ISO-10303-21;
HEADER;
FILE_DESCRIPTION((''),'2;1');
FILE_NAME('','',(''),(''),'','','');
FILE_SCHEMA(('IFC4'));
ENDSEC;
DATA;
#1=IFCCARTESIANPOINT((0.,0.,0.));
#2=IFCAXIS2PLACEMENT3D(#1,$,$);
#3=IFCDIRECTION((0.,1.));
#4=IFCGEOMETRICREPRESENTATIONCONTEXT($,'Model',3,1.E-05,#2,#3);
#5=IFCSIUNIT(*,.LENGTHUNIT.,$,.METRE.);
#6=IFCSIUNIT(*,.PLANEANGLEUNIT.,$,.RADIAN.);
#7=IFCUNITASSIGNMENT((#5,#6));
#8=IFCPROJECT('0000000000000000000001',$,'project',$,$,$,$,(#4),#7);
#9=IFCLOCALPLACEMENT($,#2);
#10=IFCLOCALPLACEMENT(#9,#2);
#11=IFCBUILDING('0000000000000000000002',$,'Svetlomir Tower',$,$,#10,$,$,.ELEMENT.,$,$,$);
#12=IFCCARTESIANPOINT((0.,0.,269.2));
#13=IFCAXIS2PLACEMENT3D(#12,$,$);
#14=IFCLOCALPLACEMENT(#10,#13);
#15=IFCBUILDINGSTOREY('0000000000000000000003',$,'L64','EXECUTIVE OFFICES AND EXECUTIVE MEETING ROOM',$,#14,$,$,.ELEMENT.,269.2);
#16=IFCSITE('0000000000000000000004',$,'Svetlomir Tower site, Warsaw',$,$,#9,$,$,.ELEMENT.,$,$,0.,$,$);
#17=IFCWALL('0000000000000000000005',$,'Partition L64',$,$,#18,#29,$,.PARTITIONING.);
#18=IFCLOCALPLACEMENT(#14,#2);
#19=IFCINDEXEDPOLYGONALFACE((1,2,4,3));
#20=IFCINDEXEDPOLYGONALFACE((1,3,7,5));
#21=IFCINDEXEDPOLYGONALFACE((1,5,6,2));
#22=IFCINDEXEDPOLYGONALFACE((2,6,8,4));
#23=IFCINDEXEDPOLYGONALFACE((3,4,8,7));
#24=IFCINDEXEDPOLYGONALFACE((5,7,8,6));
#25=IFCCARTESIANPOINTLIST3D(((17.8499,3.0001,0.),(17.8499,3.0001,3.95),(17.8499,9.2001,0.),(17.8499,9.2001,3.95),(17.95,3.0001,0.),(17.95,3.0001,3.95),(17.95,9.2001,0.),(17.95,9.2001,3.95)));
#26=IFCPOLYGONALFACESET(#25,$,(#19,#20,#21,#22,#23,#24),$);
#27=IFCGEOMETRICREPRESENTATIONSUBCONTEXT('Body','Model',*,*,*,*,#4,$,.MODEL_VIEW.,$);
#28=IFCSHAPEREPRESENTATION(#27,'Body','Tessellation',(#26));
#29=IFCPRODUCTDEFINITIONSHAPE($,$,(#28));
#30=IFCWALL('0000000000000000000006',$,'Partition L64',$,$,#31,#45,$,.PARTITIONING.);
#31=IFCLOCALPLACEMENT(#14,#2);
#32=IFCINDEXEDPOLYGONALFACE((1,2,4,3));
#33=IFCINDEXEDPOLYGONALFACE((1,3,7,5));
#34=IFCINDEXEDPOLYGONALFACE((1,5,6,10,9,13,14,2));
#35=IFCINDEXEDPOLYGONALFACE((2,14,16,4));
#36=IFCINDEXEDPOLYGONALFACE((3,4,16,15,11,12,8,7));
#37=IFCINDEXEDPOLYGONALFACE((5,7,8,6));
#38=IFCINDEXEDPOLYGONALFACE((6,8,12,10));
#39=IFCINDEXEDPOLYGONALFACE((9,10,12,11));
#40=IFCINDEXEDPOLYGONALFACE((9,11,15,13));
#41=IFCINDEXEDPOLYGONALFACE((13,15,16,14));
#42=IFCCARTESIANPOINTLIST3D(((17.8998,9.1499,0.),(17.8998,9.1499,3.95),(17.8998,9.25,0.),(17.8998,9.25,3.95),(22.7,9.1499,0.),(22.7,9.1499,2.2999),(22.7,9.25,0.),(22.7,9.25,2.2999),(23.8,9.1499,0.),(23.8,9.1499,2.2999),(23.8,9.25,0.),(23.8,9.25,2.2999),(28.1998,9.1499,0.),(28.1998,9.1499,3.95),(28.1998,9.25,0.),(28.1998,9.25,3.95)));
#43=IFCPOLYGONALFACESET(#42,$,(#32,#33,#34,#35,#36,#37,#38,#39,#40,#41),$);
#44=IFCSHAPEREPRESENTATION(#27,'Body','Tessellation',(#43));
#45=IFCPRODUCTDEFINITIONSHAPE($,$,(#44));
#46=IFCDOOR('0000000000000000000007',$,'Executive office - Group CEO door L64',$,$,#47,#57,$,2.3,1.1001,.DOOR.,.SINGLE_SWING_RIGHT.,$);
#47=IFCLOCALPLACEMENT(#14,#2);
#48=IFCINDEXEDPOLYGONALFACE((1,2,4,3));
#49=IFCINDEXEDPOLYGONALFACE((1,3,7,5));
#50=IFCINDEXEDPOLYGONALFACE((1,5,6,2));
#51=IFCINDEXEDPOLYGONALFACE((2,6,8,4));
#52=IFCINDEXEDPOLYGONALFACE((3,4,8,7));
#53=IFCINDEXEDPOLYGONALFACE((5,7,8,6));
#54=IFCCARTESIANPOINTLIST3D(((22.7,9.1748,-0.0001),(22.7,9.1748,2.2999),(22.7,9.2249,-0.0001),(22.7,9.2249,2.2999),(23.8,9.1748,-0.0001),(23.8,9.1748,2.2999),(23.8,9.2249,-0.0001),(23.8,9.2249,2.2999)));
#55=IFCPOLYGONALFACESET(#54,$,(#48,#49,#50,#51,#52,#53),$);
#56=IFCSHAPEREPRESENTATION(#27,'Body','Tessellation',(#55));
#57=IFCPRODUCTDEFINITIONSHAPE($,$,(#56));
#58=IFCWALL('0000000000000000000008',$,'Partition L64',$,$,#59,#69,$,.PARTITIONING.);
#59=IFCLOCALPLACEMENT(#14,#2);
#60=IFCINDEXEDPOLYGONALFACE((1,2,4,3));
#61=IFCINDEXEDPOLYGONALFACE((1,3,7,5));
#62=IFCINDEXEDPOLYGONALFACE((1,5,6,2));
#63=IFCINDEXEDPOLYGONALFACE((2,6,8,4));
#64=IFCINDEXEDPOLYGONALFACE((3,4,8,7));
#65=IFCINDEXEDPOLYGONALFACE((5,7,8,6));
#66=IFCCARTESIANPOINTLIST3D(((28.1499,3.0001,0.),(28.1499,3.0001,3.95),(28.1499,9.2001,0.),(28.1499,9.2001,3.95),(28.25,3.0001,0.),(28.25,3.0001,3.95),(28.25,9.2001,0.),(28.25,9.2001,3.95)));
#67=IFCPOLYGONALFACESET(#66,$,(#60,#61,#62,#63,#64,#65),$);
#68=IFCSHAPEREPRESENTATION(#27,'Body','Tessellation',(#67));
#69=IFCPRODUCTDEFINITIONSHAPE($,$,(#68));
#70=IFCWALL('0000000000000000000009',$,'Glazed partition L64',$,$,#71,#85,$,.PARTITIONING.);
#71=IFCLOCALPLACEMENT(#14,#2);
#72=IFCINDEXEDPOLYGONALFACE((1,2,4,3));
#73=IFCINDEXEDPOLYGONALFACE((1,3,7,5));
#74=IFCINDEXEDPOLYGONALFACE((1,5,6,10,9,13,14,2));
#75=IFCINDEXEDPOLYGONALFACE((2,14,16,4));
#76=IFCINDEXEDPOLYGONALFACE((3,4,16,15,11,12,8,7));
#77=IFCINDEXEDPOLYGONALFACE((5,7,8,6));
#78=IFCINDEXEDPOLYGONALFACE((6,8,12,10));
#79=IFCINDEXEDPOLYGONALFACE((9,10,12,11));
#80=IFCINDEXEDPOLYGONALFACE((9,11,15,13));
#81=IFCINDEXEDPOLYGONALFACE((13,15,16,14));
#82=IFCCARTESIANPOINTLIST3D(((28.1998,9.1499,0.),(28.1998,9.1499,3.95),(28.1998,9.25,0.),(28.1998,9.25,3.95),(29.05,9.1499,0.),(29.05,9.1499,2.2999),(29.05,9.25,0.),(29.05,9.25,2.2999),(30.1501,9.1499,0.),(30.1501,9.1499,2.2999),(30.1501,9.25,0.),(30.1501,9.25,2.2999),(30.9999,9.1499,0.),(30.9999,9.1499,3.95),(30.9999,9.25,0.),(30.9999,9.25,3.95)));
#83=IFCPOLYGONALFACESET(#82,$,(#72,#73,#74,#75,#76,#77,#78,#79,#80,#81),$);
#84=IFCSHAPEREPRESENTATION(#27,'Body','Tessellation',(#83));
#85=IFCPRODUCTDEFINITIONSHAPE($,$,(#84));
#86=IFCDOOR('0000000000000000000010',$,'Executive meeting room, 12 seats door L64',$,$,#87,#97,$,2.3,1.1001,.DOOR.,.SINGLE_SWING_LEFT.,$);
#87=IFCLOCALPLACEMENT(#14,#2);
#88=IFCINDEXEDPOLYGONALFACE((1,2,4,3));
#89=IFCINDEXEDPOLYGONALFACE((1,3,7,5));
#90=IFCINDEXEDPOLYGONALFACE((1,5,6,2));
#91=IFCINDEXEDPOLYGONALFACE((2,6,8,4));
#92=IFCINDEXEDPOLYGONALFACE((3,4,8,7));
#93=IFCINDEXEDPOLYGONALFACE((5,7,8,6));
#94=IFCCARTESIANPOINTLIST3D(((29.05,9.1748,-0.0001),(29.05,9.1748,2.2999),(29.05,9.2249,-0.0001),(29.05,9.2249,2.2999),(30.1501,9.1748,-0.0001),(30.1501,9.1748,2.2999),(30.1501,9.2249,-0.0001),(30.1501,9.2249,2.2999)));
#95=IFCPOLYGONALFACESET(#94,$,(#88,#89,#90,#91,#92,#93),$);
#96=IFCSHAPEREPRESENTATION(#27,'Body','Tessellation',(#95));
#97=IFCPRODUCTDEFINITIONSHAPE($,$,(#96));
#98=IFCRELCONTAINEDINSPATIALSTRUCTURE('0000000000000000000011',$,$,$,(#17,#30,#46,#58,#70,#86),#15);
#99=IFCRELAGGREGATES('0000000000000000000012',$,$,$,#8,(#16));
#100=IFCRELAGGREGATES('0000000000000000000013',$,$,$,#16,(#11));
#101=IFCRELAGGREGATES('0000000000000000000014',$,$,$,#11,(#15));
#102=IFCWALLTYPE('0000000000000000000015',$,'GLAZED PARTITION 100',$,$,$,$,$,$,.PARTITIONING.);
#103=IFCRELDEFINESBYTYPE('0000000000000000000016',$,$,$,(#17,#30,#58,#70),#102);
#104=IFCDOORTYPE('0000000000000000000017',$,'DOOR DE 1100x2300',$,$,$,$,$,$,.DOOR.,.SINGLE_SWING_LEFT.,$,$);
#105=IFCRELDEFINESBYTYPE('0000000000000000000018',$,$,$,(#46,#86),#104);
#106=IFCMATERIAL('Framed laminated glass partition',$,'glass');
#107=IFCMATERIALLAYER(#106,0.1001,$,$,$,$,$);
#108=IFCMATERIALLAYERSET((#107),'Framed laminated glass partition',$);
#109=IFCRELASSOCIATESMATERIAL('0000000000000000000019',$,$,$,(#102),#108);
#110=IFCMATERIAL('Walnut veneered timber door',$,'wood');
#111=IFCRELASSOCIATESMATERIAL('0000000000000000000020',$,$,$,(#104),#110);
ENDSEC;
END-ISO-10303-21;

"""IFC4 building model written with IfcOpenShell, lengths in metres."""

from ifc_helpers import new_model, si_unit, direction, frame, frame_2d, origin, place, context, subcontext, project, spatial, rectangle, extrude, material, layer, layer_set, type_object, element, fill, save


model = new_model("IFC4")

# Units and contexts
model_context = context("Model", 3, precision=1e-05, world=origin(), true_north=direction((0.0, 1.0)))
body_context = subcontext(model_context, "Body", "Model", "MODEL_VIEW")
ifc_project = project(units=[si_unit("LENGTHUNIT", "METRE"), si_unit("PLANEANGLEUNIT", "RADIAN")], contexts=[model_context])

# Site, building, storey
site_placement = place(None, origin())
site = spatial("IfcSite", under=ifc_project, at=site_placement, Name="Svetlomir Tower site, Warsaw", CompositionType="ELEMENT", RefElevation=0.0)
building_placement = place(site_placement, origin())
building = spatial("IfcBuilding", under=site, at=building_placement, Name="Svetlomir Tower", CompositionType="ELEMENT")
storey_placement = place(building_placement, frame((0.0, 0.0, 269.2)))
storey = spatial("IfcBuildingStorey", under=building, at=storey_placement, Name="L64", Description="EXECUTIVE OFFICES AND EXECUTIVE MEETING ROOM", CompositionType="ELEMENT", Elevation=269.2)

# Shared definitions
ifc_material_1 = material(Name="Framed laminated glass partition", Category="glass")
ifc_layer_1 = layer(ifc_material_1, 0.1001)
ifc_layer_set_1 = layer_set([ifc_layer_1], Name="Framed laminated glass partition")
wall_type_1 = type_object("IfcWallType", Name="GLAZED PARTITION 100", PredefinedType="PARTITIONING", material=ifc_layer_set_1)

# Wall
wall_1_placement = place(storey_placement, frame((17.8999, 3.0, 0.0), z_axis=(0.0, 0.0, 1.0), x_axis=(0.0, 1.0, 0.0)))
element("IfcWall", 1, at=wall_1_placement, inside=storey, type_object=wall_type_1, Name="Partition L64", PredefinedType="PARTITIONING", context=body_context, shape_type="SweptSolid", body=[
    extrude(rectangle(XDim=6.2, YDim=0.1001, at=frame_2d((3.1001, 0.0))), origin(), (0.0, 0.0, 1.0), 3.95),
])

# Wall, opening, door
wall_2_placement = place(storey_placement, frame((17.8999, 9.2, 0.0), z_axis=(0.0, 0.0, 1.0), x_axis=(1.0, 0.0, 0.0)))
wall_2 = element("IfcWall", 2, at=wall_2_placement, inside=storey, type_object=wall_type_1, Name="Partition L64", PredefinedType="PARTITIONING", context=body_context, shape_type="SweptSolid", body=[
    extrude(rectangle(XDim=10.3, YDim=0.1001, at=frame_2d((5.1499, 0.0))), origin(), (0.0, 0.0, 1.0), 3.95),
])
opening_1_placement = place(wall_2_placement, frame((4.8, 0.0, 0.0)))
opening_1 = element("IfcOpeningElement", 3, at=opening_1_placement, cuts=wall_2, PredefinedType="OPENING", context=body_context, shape_type="SweptSolid", body=[
    extrude(rectangle(XDim=1.1001, YDim=2.3, at=frame_2d((0.55, 1.1499))), frame((0.0, 0.0601, 0.0), z_axis=(0.0, -1.0, 0.0), x_axis=(1.0, 0.0, 0.0)), (0.0, 0.0, 1.0), 0.1201),
])
ifc_material_2 = material(Name="Walnut veneered timber door", Category="wood")
door_type_1 = type_object("IfcDoorType", Name="DOOR DE 1100x2300", OperationType="SINGLE_SWING_LEFT", PredefinedType="DOOR", material=ifc_material_2)
door_1_placement = place(opening_1_placement, origin())
door_1 = element("IfcDoor", 4, at=door_1_placement, inside=storey, type_object=door_type_1, Name="Executive office - Group CEO door L64", OperationType="SINGLE_SWING_RIGHT", OverallHeight=2.3, OverallWidth=1.1001, PredefinedType="DOOR", context=body_context, shape_type="SweptSolid", body=[
    extrude(rectangle(XDim=1.1001, YDim=2.3, at=frame_2d((0.55, 1.1499))), frame((0.0, 0.0249, 0.0), z_axis=(0.0, -1.0, 0.0), x_axis=(1.0, 0.0, 0.0)), (0.0, 0.0, 1.0), 0.05),
])
fill(opening_1, door_1)

# Wall
wall_3_placement = place(storey_placement, frame((28.2, 3.0, 0.0), z_axis=(0.0, 0.0, 1.0), x_axis=(0.0, 1.0, 0.0)))
element("IfcWall", 5, at=wall_3_placement, inside=storey, type_object=wall_type_1, Name="Partition L64", PredefinedType="PARTITIONING", context=body_context, shape_type="SweptSolid", body=[
    extrude(rectangle(XDim=6.2, YDim=0.1001, at=frame_2d((3.1001, 0.0))), origin(), (0.0, 0.0, 1.0), 3.95),
])

# Wall, opening, door
wall_4_placement = place(storey_placement, frame((28.2, 9.2, 0.0), z_axis=(0.0, 0.0, 1.0), x_axis=(1.0, 0.0, 0.0)))
wall_4 = element("IfcWall", 6, at=wall_4_placement, inside=storey, type_object=wall_type_1, Name="Glazed partition L64", PredefinedType="PARTITIONING", context=body_context, shape_type="SweptSolid", body=[
    extrude(rectangle(XDim=2.8, YDim=0.1001, at=frame_2d((1.3999, 0.0))), origin(), (0.0, 0.0, 1.0), 3.95),
])
opening_2_placement = place(wall_4_placement, frame((0.8501, 0.0, 0.0)))
opening_2 = element("IfcOpeningElement", 7, at=opening_2_placement, cuts=wall_4, PredefinedType="OPENING", context=body_context, shape_type="SweptSolid", body=[
    extrude(rectangle(XDim=1.1001, YDim=2.3, at=frame_2d((0.55, 1.1499))), frame((0.0, 0.0601, 0.0), z_axis=(0.0, -1.0, 0.0), x_axis=(1.0, 0.0, 0.0)), (0.0, 0.0, 1.0), 0.1201),
])
door_2_placement = place(opening_2_placement, origin())
door_2 = element("IfcDoor", 8, at=door_2_placement, inside=storey, type_object=door_type_1, Name="Executive meeting room, 12 seats door L64", OperationType="SINGLE_SWING_LEFT", OverallHeight=2.3, OverallWidth=1.1001, PredefinedType="DOOR", context=body_context, shape_type="SweptSolid", body=[
    extrude(rectangle(XDim=1.1001, YDim=2.3, at=frame_2d((0.55, 1.1499))), frame((0.0, 0.0249, 0.0), z_axis=(0.0, -1.0, 0.0), x_axis=(1.0, 0.0, 0.0)), (0.0, 0.0, 1.0), 0.05),
])
fill(opening_2, door_2)

save(model, "model.ifc")
